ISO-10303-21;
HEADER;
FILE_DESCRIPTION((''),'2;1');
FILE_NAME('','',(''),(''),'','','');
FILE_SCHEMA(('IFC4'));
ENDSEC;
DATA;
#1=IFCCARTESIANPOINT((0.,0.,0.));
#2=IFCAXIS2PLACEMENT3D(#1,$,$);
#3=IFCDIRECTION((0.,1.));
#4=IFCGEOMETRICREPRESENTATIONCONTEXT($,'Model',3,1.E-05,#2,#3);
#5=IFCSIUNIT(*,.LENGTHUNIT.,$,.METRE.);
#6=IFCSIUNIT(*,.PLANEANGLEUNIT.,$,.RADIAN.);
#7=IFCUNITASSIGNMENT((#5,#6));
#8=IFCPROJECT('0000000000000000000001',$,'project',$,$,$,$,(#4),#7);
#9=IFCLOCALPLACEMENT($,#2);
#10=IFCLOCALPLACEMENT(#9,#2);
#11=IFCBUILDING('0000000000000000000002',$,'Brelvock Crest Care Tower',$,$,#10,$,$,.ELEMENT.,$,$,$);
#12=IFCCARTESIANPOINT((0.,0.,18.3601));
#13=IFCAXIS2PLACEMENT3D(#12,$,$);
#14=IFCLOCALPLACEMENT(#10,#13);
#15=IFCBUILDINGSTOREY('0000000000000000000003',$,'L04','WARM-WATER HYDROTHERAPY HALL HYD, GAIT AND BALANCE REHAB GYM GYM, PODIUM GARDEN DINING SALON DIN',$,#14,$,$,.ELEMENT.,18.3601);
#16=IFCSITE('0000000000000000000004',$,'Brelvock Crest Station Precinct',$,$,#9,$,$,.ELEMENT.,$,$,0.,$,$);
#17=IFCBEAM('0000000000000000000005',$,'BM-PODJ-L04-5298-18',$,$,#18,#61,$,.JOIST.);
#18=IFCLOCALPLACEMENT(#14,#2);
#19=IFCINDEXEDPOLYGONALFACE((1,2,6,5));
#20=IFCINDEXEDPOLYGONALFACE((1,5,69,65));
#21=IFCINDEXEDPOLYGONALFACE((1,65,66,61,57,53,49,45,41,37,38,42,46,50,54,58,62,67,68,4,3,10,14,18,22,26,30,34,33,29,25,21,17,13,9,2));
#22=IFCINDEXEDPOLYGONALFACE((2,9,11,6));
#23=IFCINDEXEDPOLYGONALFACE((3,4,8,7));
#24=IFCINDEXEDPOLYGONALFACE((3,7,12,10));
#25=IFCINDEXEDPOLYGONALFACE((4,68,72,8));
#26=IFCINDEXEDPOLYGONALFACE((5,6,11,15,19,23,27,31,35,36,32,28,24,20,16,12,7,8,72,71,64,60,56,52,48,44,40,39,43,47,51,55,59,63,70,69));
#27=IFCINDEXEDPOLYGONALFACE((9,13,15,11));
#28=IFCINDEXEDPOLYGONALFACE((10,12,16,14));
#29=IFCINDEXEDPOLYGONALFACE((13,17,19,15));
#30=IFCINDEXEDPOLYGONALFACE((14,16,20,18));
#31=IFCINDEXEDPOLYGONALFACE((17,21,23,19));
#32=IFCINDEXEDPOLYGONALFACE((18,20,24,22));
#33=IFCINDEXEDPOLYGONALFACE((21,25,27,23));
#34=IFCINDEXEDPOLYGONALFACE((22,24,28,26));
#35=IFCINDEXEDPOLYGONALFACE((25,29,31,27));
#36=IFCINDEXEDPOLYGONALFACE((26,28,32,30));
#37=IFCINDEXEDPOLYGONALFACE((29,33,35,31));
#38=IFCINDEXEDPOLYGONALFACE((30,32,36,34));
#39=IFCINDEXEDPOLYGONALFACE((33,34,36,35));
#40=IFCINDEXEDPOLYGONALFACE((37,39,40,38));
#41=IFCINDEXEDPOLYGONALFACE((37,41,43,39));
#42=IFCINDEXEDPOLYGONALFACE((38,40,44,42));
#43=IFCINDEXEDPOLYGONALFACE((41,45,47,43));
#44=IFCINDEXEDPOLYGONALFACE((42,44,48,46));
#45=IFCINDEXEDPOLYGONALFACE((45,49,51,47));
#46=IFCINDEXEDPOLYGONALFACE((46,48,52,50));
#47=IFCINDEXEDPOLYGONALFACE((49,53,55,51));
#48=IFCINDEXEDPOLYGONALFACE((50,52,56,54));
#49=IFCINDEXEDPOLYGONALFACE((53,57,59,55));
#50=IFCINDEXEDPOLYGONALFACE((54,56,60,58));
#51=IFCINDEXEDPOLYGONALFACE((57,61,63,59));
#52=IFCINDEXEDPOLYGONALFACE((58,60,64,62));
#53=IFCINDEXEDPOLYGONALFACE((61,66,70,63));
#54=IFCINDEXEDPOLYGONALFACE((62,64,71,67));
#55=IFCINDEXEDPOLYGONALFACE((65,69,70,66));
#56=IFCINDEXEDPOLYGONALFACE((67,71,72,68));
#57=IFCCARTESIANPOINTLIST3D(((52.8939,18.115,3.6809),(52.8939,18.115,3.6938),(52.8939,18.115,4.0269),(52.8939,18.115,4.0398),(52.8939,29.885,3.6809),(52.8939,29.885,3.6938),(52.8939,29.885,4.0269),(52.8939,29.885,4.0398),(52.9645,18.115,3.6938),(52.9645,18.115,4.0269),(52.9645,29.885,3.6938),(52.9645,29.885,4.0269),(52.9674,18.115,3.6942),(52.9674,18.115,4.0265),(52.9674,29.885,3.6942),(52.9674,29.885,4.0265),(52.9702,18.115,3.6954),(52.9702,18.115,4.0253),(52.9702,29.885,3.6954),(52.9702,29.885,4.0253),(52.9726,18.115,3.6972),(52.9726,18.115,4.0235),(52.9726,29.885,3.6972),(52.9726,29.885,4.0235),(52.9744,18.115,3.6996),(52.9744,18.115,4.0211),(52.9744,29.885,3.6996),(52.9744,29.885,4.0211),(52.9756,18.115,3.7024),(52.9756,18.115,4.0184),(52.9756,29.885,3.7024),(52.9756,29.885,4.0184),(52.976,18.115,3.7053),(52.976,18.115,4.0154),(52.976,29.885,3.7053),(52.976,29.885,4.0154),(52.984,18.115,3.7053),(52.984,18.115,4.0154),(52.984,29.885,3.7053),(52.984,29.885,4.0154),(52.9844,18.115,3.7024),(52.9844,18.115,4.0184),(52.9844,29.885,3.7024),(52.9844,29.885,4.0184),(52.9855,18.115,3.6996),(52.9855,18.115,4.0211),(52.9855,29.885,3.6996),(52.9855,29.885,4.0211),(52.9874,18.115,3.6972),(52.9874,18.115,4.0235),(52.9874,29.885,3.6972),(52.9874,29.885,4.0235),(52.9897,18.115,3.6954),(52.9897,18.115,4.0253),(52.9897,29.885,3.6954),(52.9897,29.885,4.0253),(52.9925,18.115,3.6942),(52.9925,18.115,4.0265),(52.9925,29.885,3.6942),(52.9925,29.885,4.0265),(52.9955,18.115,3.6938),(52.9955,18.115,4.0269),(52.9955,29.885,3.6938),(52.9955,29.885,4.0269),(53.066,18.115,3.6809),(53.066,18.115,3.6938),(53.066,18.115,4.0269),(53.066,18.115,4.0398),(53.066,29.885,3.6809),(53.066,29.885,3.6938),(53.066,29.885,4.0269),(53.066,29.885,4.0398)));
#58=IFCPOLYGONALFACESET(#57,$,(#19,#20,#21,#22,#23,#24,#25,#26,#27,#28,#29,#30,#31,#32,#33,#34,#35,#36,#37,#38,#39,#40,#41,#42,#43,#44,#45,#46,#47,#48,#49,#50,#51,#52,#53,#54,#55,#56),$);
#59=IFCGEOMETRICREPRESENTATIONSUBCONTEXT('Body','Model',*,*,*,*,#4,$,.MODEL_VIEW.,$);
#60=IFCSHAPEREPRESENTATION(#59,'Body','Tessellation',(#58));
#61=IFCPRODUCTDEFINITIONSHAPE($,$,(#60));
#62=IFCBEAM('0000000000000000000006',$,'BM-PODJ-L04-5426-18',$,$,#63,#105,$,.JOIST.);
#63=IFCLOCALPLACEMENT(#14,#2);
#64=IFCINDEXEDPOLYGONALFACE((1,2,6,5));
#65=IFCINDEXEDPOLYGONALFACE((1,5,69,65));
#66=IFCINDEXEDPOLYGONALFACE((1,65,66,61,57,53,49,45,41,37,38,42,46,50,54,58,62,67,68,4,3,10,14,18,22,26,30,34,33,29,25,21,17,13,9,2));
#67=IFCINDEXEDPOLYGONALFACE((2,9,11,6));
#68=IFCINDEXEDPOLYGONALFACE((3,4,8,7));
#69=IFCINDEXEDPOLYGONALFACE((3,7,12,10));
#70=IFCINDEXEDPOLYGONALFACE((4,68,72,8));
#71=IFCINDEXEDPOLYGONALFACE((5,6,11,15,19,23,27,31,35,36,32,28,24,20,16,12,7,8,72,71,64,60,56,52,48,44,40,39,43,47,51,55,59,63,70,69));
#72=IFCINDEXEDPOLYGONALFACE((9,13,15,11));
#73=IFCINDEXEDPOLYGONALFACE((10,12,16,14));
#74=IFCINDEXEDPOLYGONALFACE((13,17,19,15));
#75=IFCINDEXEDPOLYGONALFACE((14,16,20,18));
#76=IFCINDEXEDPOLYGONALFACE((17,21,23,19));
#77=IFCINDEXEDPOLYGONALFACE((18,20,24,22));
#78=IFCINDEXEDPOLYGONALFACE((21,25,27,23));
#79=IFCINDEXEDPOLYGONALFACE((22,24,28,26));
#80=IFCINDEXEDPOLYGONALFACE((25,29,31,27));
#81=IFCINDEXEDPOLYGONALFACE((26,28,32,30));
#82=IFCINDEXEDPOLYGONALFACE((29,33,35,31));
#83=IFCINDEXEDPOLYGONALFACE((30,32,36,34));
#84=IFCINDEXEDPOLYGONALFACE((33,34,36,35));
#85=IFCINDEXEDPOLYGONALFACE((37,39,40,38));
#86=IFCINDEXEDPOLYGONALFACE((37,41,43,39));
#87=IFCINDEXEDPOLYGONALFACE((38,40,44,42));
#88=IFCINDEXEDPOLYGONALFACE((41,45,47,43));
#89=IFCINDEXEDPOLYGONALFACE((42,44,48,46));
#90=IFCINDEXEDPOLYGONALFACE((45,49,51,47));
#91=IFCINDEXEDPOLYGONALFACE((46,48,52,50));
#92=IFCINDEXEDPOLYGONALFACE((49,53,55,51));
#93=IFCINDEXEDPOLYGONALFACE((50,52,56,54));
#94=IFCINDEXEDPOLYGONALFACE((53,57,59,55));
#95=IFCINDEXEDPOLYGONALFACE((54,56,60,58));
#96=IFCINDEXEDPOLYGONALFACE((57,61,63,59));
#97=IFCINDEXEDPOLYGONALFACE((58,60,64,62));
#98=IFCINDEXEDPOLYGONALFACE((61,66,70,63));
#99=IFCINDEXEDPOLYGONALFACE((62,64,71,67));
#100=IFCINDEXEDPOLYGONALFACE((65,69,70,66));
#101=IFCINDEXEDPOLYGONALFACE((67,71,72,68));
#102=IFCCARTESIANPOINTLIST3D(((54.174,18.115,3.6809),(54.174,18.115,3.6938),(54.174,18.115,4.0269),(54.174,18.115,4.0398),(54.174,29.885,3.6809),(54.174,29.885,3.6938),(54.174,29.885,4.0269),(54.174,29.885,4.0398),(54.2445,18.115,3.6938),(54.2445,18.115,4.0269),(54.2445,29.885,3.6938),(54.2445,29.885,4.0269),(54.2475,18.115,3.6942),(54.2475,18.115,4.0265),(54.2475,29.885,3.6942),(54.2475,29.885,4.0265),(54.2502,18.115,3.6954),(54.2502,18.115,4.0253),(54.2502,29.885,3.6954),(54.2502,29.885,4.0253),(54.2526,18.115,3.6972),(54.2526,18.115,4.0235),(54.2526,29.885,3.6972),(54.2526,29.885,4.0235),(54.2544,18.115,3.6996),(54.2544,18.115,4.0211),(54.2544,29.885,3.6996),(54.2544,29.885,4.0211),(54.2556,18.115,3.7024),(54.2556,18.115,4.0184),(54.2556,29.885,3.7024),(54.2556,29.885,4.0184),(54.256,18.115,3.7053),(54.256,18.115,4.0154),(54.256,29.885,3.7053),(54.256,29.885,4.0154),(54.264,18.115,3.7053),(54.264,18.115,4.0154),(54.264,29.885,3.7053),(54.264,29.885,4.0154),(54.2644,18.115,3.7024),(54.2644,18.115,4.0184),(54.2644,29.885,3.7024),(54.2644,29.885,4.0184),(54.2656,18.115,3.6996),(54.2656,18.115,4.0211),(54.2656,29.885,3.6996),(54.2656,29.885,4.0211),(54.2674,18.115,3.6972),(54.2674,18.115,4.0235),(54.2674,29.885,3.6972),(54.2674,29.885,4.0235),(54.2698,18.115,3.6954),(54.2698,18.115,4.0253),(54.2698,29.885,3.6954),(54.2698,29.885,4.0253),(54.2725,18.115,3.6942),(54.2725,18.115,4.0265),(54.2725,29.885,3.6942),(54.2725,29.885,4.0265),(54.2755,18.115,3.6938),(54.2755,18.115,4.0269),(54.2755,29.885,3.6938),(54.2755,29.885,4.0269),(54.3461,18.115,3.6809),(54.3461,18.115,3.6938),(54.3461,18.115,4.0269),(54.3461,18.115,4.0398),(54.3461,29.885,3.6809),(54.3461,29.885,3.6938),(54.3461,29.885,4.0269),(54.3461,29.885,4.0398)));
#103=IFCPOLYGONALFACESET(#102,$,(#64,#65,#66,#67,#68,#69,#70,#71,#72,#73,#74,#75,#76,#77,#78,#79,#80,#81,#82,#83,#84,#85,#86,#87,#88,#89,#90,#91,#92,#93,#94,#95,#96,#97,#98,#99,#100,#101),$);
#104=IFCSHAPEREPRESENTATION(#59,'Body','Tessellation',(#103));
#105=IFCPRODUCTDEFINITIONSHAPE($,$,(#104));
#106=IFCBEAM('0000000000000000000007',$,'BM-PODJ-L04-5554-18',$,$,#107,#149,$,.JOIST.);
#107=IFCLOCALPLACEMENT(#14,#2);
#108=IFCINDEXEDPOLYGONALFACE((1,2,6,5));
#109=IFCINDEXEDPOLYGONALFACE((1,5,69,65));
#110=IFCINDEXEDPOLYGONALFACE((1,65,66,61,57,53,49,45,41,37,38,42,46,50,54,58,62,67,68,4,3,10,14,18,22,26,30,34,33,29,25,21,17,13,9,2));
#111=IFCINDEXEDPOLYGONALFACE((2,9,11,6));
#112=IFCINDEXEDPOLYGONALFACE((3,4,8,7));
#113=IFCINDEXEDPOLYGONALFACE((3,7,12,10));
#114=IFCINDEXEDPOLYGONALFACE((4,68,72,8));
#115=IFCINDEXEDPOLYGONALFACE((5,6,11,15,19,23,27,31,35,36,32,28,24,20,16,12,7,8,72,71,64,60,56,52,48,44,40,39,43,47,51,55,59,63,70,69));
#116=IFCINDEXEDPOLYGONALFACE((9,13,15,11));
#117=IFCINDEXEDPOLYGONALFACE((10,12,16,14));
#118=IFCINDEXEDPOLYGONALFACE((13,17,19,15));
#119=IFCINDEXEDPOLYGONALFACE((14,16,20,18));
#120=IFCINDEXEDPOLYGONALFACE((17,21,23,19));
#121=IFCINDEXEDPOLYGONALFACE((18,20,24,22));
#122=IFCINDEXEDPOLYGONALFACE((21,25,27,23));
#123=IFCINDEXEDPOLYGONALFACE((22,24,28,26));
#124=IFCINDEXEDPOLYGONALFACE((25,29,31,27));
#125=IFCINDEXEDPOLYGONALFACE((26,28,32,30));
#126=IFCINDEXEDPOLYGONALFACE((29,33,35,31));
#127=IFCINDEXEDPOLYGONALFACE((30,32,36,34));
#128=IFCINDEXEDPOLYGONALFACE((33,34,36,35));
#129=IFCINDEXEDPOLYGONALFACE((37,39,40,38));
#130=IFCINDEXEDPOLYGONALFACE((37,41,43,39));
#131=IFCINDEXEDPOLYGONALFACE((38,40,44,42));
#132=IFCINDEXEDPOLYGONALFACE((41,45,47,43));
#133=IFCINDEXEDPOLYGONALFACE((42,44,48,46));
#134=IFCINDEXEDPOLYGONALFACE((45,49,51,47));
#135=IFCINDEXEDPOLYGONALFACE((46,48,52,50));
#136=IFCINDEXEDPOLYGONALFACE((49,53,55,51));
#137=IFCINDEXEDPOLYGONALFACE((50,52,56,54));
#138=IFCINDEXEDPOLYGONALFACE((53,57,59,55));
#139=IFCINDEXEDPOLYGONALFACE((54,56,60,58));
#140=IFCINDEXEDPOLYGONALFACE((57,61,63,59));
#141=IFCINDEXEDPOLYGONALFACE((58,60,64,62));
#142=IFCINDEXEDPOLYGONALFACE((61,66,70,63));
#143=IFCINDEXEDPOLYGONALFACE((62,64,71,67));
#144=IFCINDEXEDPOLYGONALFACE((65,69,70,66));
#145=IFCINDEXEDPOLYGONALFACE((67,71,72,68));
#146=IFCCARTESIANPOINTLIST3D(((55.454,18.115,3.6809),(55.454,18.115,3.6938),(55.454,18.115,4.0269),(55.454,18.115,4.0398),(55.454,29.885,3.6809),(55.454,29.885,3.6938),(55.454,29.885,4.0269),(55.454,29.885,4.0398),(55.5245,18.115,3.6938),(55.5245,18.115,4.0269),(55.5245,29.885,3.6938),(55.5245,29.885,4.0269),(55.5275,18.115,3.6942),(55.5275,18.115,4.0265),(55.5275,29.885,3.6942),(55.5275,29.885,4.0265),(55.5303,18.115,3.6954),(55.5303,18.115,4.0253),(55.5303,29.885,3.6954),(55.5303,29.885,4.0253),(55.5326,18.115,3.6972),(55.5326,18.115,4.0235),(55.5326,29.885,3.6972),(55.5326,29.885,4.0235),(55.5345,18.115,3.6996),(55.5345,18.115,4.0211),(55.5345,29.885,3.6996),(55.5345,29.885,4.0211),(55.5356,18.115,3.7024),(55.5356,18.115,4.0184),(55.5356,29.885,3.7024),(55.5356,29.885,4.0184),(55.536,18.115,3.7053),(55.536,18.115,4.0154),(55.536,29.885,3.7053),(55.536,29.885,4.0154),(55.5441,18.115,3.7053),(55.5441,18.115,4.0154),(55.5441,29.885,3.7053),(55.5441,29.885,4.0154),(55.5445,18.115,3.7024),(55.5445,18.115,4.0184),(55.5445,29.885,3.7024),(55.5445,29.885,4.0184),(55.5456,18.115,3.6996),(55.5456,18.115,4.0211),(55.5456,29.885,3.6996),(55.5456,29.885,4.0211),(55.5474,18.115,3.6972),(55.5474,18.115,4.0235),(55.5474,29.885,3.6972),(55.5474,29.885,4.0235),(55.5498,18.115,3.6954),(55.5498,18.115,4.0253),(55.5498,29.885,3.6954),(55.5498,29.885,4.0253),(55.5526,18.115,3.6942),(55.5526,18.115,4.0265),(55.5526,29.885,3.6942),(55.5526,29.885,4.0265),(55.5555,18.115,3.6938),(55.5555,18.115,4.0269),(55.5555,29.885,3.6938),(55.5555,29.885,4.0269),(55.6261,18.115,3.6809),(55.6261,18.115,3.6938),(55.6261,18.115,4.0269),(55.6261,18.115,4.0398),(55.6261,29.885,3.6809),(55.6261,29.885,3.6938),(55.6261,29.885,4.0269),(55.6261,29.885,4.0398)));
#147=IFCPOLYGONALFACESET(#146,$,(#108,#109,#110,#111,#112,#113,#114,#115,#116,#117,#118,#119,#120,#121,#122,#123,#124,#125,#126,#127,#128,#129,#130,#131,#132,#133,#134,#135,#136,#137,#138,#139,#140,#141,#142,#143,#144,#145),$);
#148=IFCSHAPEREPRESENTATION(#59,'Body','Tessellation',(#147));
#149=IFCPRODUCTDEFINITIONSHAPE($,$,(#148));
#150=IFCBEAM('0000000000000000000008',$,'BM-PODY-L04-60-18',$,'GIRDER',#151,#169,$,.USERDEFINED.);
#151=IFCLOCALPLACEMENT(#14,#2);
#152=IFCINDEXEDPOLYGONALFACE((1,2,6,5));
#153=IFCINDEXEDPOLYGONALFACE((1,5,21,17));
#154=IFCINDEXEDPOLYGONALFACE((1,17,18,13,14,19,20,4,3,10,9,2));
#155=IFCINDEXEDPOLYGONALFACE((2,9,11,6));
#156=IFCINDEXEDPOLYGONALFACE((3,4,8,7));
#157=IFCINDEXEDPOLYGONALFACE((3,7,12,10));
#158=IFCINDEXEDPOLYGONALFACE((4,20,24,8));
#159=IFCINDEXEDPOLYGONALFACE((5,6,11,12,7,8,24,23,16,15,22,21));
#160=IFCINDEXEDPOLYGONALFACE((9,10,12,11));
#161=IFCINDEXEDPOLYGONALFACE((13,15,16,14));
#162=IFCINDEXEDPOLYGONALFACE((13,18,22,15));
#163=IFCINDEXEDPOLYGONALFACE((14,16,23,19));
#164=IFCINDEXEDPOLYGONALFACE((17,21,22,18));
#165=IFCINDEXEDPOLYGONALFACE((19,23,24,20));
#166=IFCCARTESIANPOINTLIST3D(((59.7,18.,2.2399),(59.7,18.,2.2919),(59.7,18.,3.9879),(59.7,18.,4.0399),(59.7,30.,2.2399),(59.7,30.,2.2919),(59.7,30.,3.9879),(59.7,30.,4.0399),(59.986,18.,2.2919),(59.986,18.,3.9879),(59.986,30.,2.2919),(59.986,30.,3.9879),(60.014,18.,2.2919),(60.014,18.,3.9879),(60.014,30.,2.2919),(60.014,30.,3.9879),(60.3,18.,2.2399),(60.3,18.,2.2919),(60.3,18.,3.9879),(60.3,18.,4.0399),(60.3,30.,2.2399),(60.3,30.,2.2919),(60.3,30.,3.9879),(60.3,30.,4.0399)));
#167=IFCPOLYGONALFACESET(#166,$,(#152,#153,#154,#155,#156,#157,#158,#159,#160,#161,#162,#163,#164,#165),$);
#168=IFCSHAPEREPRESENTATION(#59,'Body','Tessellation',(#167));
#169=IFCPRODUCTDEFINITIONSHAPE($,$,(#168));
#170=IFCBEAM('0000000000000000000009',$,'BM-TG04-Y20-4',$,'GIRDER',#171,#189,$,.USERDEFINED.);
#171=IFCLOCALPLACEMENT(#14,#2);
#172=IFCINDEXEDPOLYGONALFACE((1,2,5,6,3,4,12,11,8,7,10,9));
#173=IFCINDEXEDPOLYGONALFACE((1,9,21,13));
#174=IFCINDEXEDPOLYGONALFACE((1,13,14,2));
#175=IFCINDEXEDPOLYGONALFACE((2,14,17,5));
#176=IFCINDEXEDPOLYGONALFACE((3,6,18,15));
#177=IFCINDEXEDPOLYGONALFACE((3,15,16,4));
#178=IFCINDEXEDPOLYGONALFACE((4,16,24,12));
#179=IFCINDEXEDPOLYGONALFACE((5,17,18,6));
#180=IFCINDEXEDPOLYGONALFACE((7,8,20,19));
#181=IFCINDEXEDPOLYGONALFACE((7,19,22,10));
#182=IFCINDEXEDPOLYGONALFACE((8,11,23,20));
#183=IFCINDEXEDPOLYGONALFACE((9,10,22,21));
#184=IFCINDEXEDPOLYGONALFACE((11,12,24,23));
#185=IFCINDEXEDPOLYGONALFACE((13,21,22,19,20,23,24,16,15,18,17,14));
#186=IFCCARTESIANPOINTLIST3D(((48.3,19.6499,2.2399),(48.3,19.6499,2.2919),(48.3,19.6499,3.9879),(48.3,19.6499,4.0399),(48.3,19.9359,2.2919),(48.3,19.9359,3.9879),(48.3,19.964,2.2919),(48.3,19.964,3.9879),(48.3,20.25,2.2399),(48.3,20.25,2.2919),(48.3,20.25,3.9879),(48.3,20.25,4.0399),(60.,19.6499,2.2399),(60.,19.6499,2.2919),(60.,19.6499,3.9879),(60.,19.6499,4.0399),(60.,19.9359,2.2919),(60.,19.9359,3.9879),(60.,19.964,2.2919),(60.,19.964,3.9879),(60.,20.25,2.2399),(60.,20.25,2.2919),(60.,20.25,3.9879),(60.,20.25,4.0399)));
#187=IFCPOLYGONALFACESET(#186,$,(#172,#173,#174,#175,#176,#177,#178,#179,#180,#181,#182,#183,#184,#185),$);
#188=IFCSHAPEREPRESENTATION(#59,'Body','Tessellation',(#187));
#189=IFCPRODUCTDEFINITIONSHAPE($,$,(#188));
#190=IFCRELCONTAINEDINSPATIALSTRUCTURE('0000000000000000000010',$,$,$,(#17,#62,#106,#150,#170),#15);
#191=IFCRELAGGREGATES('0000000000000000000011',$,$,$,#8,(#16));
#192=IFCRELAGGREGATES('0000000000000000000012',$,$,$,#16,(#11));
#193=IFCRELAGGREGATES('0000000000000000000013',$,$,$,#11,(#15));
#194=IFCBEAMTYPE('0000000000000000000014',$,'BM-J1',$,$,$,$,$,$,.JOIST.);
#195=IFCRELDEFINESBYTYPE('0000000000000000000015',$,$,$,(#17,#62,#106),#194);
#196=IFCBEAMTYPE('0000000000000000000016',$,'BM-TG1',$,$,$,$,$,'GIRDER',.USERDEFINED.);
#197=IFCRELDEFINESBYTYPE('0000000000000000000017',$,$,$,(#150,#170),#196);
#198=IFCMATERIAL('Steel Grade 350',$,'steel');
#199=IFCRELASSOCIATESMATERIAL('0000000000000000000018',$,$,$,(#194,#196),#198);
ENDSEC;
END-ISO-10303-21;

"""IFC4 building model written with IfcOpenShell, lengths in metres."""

from ifc_helpers import new_model, si_unit, direction, frame, origin, origin_2d, place, context, subcontext, project, spatial, i_section, extrude, source, transform, mapped, material, material_profile, profile_set, type_object, element, save


model = new_model("IFC4")

# Units and contexts
model_context = context("Model", 3, precision=1e-05, world=origin(), true_north=direction((0.0, 1.0)))
body_context = subcontext(model_context, "Body", "Model", "MODEL_VIEW")
ifc_project = project(units=[si_unit("LENGTHUNIT", "METRE"), si_unit("PLANEANGLEUNIT", "RADIAN")], contexts=[model_context])

# Site, building, storey
site_placement = place(None, origin())
site = spatial("IfcSite", under=ifc_project, at=site_placement, Name="Brelvock Crest Station Precinct", CompositionType="ELEMENT", RefElevation=0.0)
building_placement = place(site_placement, origin())
building = spatial("IfcBuilding", under=site, at=building_placement, Name="Brelvock Crest Care Tower", CompositionType="ELEMENT")
storey_placement = place(building_placement, frame((0.0, 0.0, 18.3601)))
storey = spatial("IfcBuildingStorey", under=building, at=storey_placement, Name="L04", Description="WARM-WATER HYDROTHERAPY HALL HYD, GAIT AND BALANCE REHAB GYM GYM, PODIUM GARDEN DINING SALON DIN", CompositionType="ELEMENT", Elevation=18.3601)

# Shared definitions
ifc_material_1 = material(Name="Steel Grade 350", Category="steel")

# Beams
ifc_material_profile_1 = material_profile(ifc_material_1, i_section(OverallWidth=0.1721, OverallDepth=0.3589, WebThickness=0.0081, FlangeThickness=0.0129, FilletRadius=0.0115, at=origin_2d()), Name="360UB56.7")
ifc_profile_set_1 = profile_set([ifc_material_profile_1], Name="Steel Grade 350")
beam_type_1 = type_object("IfcBeamType", Name="BM-J1", PredefinedType="JOIST", material=ifc_profile_set_1)
shared_shape_1 = source(origin(), body_context, "Body", "SweptSolid", [
    extrude(i_section(OverallWidth=0.1721, OverallDepth=0.3589, WebThickness=0.0081, FlangeThickness=0.0129, FilletRadius=0.0115, at=origin_2d()), origin(), (0.0, 0.0, 1.0), 11.77),
])
for number, where, z_axis, x_axis, name in (
    (1, (52.98, 18.115, 3.8604), (0.0, 1.0, 0.0), (-1.0, 0.0, 0.0), "BM-PODJ-L04-5298-18"),
    (2, (54.26, 18.115, 3.8604), (0.0, 1.0, 0.0), (-1.0, 0.0, 0.0), "BM-PODJ-L04-5426-18"),
    (3, (55.54, 18.115, 3.8604), (0.0, 1.0, 0.0), (-1.0, 0.0, 0.0), "BM-PODJ-L04-5554-18"),
):
    element("IfcBeam", number, at=place(storey_placement, frame(where, z_axis=z_axis, x_axis=x_axis)), inside=storey, type_object=beam_type_1, Name=name, PredefinedType="JOIST", context=body_context, shape_type="MappedRepresentation", body=[
        mapped(shared_shape_1, transform((0.0, 0.0, 0.0), x_axis=(1.0, 0.0, 0.0), y_axis=(0.0, 1.0, 0.0), z_axis=(0.0, 0.0, 1.0), scale=1.0)),
    ])
ifc_material_profile_2 = material_profile(ifc_material_1, i_section(OverallWidth=0.6001, OverallDepth=1.8, WebThickness=0.0281, FlangeThickness=0.052, at=origin_2d()), Name="1800TG740")
ifc_profile_set_2 = profile_set([ifc_material_profile_2], Name="Steel Grade 350")
beam_type_2 = type_object("IfcBeamType", Name="BM-TG1", ElementType="GIRDER", PredefinedType="USERDEFINED", material=ifc_profile_set_2)
shared_shape_2 = source(origin(), body_context, "Body", "SweptSolid", [
    extrude(i_section(OverallWidth=0.6001, OverallDepth=1.8, WebThickness=0.0281, FlangeThickness=0.052, at=origin_2d()), origin(), (0.0, 0.0, 1.0), 12.0),
])
beam_1_placement = place(storey_placement, frame((60.0, 18.0, 3.1399), z_axis=(0.0, 1.0, 0.0), x_axis=(-1.0, 0.0, 0.0)))
element("IfcBeam", 4, at=beam_1_placement, inside=storey, type_object=beam_type_2, Name="BM-PODY-L04-60-18", ObjectType="GIRDER", PredefinedType="USERDEFINED", context=body_context, shape_type="MappedRepresentation", body=[
    mapped(shared_shape_2, transform((0.0, 0.0, 0.0), x_axis=(1.0, 0.0, 0.0), y_axis=(0.0, 1.0, 0.0), z_axis=(0.0, 0.0, 1.0), scale=1.0)),
])
shared_shape_3 = source(origin(), body_context, "Body", "SweptSolid", [
    extrude(i_section(OverallWidth=0.6001, OverallDepth=1.8, WebThickness=0.0281, FlangeThickness=0.052, at=origin_2d()), origin(), (0.0, 0.0, 1.0), 11.7),
])
beam_2_placement = place(storey_placement, frame((48.3, 19.95, 3.1399), z_axis=(1.0, 0.0, 0.0), x_axis=(0.0, 1.0, 0.0)))
element("IfcBeam", 5, at=beam_2_placement, inside=storey, type_object=beam_type_2, Name="BM-TG04-Y20-4", ObjectType="GIRDER", PredefinedType="USERDEFINED", context=body_context, shape_type="MappedRepresentation", body=[
    mapped(shared_shape_3, transform((0.0, 0.0, 0.0), x_axis=(1.0, 0.0, 0.0), y_axis=(0.0, 1.0, 0.0), z_axis=(0.0, 0.0, 1.0), scale=1.0)),
])

save(model, "model.ifc")
